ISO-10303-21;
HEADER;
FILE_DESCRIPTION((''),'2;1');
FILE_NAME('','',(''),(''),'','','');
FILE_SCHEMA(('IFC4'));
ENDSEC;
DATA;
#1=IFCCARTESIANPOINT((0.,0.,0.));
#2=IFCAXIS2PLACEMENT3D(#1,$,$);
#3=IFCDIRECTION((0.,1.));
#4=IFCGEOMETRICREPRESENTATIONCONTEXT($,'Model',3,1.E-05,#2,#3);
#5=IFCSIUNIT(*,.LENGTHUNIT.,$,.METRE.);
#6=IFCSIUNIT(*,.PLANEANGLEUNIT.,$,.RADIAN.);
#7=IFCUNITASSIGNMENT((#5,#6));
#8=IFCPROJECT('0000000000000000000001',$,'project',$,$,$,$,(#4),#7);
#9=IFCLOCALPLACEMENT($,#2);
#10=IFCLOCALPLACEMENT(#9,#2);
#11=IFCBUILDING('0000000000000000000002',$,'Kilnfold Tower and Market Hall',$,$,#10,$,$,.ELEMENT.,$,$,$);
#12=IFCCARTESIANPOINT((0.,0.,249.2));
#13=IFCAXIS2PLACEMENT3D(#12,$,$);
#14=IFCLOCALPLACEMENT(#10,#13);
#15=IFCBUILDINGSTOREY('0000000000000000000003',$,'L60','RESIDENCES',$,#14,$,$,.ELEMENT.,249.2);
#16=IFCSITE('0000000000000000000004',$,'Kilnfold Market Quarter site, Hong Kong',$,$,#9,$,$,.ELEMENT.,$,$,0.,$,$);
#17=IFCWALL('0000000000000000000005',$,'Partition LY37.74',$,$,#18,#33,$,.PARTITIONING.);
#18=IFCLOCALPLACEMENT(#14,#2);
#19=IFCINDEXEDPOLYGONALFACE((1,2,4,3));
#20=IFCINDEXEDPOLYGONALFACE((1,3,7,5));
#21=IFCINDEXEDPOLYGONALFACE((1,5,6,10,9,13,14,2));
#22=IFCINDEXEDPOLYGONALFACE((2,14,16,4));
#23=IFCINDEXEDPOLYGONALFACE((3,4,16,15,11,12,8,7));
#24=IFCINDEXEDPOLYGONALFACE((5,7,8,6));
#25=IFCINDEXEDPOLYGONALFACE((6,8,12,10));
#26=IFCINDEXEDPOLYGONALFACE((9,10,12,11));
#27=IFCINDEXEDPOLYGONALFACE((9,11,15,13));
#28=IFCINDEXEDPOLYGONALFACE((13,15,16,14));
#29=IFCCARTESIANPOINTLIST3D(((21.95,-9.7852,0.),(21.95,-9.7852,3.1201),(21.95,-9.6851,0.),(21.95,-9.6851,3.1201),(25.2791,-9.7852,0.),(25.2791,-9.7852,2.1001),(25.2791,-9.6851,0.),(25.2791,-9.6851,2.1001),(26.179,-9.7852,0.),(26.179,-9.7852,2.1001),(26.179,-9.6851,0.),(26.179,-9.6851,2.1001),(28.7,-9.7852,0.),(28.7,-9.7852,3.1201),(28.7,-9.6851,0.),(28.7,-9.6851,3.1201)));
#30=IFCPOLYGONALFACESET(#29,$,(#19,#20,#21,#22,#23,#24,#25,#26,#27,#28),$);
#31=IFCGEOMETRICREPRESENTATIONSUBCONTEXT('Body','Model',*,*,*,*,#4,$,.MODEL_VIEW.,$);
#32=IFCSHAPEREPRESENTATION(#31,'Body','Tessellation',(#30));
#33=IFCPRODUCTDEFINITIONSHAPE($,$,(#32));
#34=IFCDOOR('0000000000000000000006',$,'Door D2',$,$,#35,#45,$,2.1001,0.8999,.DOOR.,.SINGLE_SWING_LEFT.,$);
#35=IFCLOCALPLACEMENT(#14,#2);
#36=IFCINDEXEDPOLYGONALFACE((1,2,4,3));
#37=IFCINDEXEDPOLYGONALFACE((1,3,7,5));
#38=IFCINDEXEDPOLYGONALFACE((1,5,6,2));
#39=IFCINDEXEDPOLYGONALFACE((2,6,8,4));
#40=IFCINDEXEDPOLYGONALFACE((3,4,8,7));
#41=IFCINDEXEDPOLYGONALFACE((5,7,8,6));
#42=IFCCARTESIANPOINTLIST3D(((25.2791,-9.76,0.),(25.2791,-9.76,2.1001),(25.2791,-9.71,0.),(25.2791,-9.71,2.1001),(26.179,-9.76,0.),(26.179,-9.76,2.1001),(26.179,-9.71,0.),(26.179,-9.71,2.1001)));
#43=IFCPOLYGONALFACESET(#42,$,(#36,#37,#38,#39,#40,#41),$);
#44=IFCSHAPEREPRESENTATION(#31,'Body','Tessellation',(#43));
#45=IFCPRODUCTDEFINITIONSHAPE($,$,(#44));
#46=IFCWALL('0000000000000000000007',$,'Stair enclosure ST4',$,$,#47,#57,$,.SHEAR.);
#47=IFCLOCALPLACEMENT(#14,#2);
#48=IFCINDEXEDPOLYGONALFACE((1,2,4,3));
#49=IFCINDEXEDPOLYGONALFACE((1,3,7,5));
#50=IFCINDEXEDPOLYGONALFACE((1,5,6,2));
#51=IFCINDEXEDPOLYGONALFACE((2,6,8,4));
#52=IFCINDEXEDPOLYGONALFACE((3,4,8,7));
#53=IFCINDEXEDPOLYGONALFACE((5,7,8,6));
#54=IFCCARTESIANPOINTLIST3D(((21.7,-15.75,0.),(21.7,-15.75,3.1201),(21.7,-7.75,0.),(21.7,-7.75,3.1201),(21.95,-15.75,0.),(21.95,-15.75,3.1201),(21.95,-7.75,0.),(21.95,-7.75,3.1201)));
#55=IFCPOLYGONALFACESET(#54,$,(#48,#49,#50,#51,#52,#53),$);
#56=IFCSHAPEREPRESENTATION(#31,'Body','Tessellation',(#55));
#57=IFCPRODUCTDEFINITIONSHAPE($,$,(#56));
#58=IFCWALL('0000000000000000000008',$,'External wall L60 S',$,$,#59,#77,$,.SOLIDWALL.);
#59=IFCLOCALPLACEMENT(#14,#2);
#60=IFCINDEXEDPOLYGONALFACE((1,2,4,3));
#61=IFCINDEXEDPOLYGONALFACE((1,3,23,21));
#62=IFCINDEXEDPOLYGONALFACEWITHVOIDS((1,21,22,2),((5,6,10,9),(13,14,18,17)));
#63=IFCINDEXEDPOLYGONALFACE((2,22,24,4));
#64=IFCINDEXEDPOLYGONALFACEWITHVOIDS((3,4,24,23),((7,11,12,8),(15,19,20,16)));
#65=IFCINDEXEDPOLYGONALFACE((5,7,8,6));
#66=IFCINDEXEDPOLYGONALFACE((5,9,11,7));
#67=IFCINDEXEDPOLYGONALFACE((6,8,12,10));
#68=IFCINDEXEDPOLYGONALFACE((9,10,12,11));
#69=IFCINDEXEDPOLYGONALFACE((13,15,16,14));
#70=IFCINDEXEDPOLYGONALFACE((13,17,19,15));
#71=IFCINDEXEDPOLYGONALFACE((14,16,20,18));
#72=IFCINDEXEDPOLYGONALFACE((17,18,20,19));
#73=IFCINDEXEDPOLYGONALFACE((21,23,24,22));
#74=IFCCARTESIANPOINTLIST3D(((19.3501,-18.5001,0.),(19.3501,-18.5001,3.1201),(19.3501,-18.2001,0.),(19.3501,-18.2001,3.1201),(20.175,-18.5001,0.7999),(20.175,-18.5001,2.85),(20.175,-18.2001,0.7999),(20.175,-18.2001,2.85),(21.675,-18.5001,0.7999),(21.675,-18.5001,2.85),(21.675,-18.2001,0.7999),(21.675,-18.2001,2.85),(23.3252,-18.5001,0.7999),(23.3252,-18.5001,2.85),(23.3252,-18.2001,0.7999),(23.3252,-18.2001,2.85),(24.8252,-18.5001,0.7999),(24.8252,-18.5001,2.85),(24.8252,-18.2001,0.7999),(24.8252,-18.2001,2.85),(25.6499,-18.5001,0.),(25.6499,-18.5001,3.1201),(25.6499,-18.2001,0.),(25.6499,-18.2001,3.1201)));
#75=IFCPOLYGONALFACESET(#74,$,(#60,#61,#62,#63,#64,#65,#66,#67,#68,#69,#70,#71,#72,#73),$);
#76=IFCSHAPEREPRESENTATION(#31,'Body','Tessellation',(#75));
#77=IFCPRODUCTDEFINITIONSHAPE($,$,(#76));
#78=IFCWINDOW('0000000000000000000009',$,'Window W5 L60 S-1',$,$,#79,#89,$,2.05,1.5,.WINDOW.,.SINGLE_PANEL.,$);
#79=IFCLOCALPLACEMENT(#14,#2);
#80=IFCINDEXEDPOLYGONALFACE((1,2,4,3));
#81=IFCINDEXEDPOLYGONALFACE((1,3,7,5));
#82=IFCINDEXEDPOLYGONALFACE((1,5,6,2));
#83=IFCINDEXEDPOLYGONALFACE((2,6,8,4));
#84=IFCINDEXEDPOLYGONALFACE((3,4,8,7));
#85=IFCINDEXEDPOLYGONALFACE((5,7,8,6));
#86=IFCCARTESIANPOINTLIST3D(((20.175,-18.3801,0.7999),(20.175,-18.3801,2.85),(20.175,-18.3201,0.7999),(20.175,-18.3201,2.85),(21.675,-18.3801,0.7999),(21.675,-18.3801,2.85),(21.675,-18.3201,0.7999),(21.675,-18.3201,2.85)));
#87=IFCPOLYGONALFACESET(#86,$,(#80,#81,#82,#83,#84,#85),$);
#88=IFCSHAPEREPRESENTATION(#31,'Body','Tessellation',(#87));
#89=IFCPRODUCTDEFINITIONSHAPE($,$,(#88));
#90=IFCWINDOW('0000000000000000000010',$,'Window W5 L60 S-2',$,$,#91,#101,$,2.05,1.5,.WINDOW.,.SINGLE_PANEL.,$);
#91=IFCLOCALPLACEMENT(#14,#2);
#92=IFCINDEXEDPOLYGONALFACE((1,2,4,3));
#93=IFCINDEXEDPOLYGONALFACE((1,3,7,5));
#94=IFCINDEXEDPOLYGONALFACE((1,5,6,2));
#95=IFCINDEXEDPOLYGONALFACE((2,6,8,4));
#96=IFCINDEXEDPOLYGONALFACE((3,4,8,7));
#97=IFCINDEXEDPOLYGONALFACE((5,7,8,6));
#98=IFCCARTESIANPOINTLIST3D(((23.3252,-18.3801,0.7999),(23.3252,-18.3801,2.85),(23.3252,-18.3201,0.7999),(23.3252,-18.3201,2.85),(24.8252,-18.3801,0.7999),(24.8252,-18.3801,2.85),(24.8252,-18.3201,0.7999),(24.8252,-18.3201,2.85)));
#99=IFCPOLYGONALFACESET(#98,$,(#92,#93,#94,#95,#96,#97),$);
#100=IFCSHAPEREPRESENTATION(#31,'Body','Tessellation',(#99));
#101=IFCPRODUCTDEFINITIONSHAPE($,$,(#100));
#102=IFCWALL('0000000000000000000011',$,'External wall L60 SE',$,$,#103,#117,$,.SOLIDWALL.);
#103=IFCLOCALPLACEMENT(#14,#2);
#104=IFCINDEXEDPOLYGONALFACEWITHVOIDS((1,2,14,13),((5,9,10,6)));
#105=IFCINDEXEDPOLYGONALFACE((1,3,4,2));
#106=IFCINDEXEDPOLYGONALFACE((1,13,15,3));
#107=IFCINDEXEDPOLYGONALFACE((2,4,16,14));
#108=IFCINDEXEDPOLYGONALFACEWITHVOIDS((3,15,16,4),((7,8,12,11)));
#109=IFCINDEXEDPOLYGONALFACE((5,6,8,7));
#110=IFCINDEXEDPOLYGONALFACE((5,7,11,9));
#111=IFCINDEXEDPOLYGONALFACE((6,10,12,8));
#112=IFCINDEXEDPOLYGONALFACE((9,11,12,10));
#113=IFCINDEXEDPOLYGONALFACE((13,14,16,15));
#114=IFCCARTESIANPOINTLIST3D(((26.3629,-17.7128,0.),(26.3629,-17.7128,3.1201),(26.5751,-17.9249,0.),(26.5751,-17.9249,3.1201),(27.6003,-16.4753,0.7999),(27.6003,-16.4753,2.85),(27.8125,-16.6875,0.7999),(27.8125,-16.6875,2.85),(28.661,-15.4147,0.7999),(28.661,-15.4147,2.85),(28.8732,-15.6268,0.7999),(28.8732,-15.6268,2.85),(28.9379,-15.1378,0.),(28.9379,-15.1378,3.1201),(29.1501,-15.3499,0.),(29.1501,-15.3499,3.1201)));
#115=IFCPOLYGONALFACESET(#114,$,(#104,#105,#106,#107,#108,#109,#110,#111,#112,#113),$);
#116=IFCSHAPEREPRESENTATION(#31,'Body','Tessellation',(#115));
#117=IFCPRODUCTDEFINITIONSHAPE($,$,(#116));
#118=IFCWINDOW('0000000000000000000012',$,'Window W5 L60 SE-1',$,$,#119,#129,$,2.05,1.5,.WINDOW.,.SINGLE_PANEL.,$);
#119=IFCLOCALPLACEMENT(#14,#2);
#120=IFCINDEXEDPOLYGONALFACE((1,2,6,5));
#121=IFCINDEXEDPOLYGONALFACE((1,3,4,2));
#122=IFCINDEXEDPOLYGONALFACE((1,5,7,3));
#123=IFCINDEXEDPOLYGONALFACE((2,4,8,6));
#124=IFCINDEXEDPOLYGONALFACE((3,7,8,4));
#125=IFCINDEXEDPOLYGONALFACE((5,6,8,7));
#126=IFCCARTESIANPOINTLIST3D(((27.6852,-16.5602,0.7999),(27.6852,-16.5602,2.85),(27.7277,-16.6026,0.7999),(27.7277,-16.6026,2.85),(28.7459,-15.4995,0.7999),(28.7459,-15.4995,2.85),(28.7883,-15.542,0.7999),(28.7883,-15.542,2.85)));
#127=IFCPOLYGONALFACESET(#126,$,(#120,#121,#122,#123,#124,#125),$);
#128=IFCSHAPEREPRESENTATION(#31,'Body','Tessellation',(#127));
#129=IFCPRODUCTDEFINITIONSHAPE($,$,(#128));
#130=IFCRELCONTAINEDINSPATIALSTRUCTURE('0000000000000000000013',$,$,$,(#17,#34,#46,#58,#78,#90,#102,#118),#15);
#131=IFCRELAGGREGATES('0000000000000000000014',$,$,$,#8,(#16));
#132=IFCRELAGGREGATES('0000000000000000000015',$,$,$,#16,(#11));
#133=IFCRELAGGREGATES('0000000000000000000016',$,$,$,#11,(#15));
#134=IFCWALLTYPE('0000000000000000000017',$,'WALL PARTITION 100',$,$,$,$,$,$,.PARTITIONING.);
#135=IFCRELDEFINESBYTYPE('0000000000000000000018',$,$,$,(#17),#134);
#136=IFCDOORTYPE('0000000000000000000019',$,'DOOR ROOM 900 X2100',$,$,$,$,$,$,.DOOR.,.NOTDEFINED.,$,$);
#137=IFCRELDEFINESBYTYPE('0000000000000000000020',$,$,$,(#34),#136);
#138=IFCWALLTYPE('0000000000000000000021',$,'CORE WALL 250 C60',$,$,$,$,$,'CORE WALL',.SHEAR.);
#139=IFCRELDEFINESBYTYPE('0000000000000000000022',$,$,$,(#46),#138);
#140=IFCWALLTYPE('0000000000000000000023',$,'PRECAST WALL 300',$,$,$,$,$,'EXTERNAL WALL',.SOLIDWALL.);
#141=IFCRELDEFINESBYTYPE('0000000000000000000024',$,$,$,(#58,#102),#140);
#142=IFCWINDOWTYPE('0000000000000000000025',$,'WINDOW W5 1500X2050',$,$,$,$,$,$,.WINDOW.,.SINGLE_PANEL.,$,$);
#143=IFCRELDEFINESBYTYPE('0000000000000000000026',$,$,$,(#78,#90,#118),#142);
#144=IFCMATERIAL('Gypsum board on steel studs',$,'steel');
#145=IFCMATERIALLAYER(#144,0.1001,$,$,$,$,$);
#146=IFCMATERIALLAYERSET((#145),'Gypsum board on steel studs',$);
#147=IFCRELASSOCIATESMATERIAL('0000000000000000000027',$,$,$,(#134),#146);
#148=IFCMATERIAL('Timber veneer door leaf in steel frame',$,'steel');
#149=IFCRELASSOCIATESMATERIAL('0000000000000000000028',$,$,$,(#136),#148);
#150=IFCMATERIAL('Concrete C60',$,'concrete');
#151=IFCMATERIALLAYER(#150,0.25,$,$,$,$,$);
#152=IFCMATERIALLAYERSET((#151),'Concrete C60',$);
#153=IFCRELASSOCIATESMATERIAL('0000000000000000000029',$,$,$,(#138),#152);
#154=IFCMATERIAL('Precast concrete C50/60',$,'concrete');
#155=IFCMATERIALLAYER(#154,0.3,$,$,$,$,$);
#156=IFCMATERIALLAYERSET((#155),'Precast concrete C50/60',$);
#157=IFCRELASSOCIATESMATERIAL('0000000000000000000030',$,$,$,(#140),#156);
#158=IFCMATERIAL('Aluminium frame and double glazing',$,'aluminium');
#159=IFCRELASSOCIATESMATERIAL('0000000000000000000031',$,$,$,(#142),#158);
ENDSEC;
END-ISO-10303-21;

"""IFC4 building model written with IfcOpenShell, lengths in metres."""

from ifc_helpers import new_model, si_unit, direction, frame, frame_2d, origin, place, context, subcontext, project, spatial, rectangle, extrude, source, transform, mapped, material, layer, layer_set, type_object, element, fill, save


model = new_model("IFC4")

# Units and contexts
model_context = context("Model", 3, precision=1e-05, world=origin(), true_north=direction((0.0, 1.0)))
body_context = subcontext(model_context, "Body", "Model", "MODEL_VIEW")
ifc_project = project(units=[si_unit("LENGTHUNIT", "METRE"), si_unit("PLANEANGLEUNIT", "RADIAN")], contexts=[model_context])

# Site, building, storey
site_placement = place(None, origin())
site = spatial("IfcSite", under=ifc_project, at=site_placement, Name="Kilnfold Market Quarter site, Hong Kong", CompositionType="ELEMENT", RefElevation=0.0)
building_placement = place(site_placement, origin())
building = spatial("IfcBuilding", under=site, at=building_placement, Name="Kilnfold Tower and Market Hall", CompositionType="ELEMENT")
storey_placement = place(building_placement, frame((0.0, 0.0, 249.2)))
storey = spatial("IfcBuildingStorey", under=building, at=storey_placement, Name="L60", Description="RESIDENCES", CompositionType="ELEMENT", Elevation=249.2)

# Wall, opening, door
ifc_material_1 = material(Name="Gypsum board on steel studs", Category="steel")
ifc_layer_1 = layer(ifc_material_1, 0.1001)
ifc_layer_set_1 = layer_set([ifc_layer_1], Name="Gypsum board on steel studs")
wall_type_1 = type_object("IfcWallType", Name="WALL PARTITION 100", PredefinedType="PARTITIONING", material=ifc_layer_set_1)
ifc_material_2 = material(Name="Timber veneer door leaf in steel frame", Category="steel")
door_type_1 = type_object("IfcDoorType", Name="DOOR ROOM 900 X2100", OperationType="NOTDEFINED", PredefinedType="DOOR", material=ifc_material_2)
wall_1_placement = place(storey_placement, frame((28.7, -9.7351, 0.0), z_axis=(0.0, 0.0, 1.0), x_axis=(-1.0, 0.0, 0.0)))
wall_1 = element("IfcWall", 1, at=wall_1_placement, inside=storey, type_object=wall_type_1, Name="Partition LY37.74", PredefinedType="PARTITIONING", context=body_context, shape_type="SweptSolid", body=[
    extrude(rectangle(XDim=6.75, YDim=0.1001, at=frame_2d((3.375, 0.0))), origin(), (0.0, 0.0, 1.0), 3.1201),
])
opening_1_placement = place(wall_1_placement, frame((2.521, 0.0, 0.0)))
opening_1 = element("IfcOpeningElement", 2, at=opening_1_placement, cuts=wall_1, PredefinedType="OPENING", context=body_context, shape_type="SweptSolid", body=[
    extrude(rectangle(XDim=0.8999, YDim=2.1001, at=frame_2d((0.45, 1.05))), frame((0.0, 0.0601, 0.0), z_axis=(0.0, -1.0, 0.0), x_axis=(1.0, 0.0, 0.0)), (0.0, 0.0, 1.0), 0.1201),
])
door_1_placement = place(opening_1_placement, origin())
door_1 = element("IfcDoor", 3, at=door_1_placement, inside=storey, type_object=door_type_1, Name="Door D2", OperationType="SINGLE_SWING_LEFT", OverallHeight=2.1001, OverallWidth=0.8999, PredefinedType="DOOR", context=body_context, shape_type="SweptSolid", body=[
    extrude(rectangle(XDim=0.8999, YDim=2.1001, at=frame_2d((0.45, 1.05))), frame((0.0, 0.0249, 0.0), z_axis=(0.0, -1.0, 0.0), x_axis=(1.0, 0.0, 0.0)), (0.0, 0.0, 1.0), 0.05),
])
fill(opening_1, door_1)

# Wall
ifc_material_3 = material(Name="Concrete C60", Category="concrete")
ifc_layer_2 = layer(ifc_material_3, 0.25)
ifc_layer_set_2 = layer_set([ifc_layer_2], Name="Concrete C60")
wall_type_2 = type_object("IfcWallType", Name="CORE WALL 250 C60", ElementType="CORE WALL", PredefinedType="SHEAR", material=ifc_layer_set_2)
shared_shape_1 = source(origin(), body_context, "Body", "SweptSolid", [
    extrude(rectangle(XDim=8.0, YDim=0.25, at=frame_2d((4.0, 0.0))), origin(), (0.0, 0.0, 1.0), 3.1201),
])
wall_2_placement = place(storey_placement, frame((21.825, -15.75, 0.0), z_axis=(0.0, 0.0, 1.0), x_axis=(0.0, 1.0, 0.0)))
element("IfcWall", 4, at=wall_2_placement, inside=storey, type_object=wall_type_2, Name="Stair enclosure ST4", PredefinedType="SHEAR", context=body_context, shape_type="MappedRepresentation", body=[
    mapped(shared_shape_1, transform((0.0, 0.0, 0.0))),
])

# Wall, openings, windows
ifc_material_4 = material(Name="Precast concrete C50/60", Category="concrete")
ifc_layer_3 = layer(ifc_material_4, 0.3)
ifc_layer_set_3 = layer_set([ifc_layer_3], Name="Precast concrete C50/60")
wall_type_3 = type_object("IfcWallType", Name="PRECAST WALL 300", ElementType="EXTERNAL WALL", PredefinedType="SOLIDWALL", material=ifc_layer_set_3)
shared_shape_2 = source(origin(), body_context, "Body", "SweptSolid", [
    extrude(rectangle(XDim=6.2998, YDim=0.3, at=frame_2d((3.1499, 0.0))), origin(), (0.0, 0.0, 1.0), 3.1201),
])
wall_3_placement = place(storey_placement, frame((19.3501, -18.3501, 0.0), z_axis=(0.0, 0.0, 1.0), x_axis=(1.0, 0.0, 0.0)))
wall_3 = element("IfcWall", 5, at=wall_3_placement, inside=storey, type_object=wall_type_3, Name="External wall L60 S", PredefinedType="SOLIDWALL", context=body_context, shape_type="MappedRepresentation", body=[
    mapped(shared_shape_2, transform((0.0, 0.0, 0.0))),
])
opening_2_placement = place(wall_3_placement, frame((0.825, 0.0, 0.8)))
opening_2 = element("IfcOpeningElement", 6, at=opening_2_placement, cuts=wall_3, PredefinedType="OPENING", context=body_context, shape_type="SweptSolid", body=[
    extrude(rectangle(XDim=1.5, YDim=2.05, at=frame_2d((0.75, 1.0249))), frame((0.0, 0.1602, 0.0), z_axis=(0.0, -1.0, 0.0), x_axis=(1.0, 0.0, 0.0)), (0.0, 0.0, 1.0), 0.3201),
])
opening_3_placement = place(wall_3_placement, frame((3.9751, 0.0, 0.8)))
opening_3 = element("IfcOpeningElement", 7, at=opening_3_placement, cuts=wall_3, PredefinedType="OPENING", context=body_context, shape_type="SweptSolid", body=[
    extrude(rectangle(XDim=1.5, YDim=2.05, at=frame_2d((0.75, 1.0249))), frame((0.0, 0.1602, 0.0), z_axis=(0.0, -1.0, 0.0), x_axis=(1.0, 0.0, 0.0)), (0.0, 0.0, 1.0), 0.3201),
])
ifc_material_5 = material(Name="Aluminium frame and double glazing", Category="aluminium")
window_type = type_object("IfcWindowType", Name="WINDOW W5 1500X2050", PartitioningType="SINGLE_PANEL", PredefinedType="WINDOW", material=ifc_material_5)
window_1_placement = place(opening_2_placement, origin())
window_1 = element("IfcWindow", 8, at=window_1_placement, inside=storey, type_object=window_type, Name="Window W5 L60 S-1", OverallHeight=2.05, OverallWidth=1.5, PartitioningType="SINGLE_PANEL", PredefinedType="WINDOW", context=body_context, shape_type="SweptSolid", body=[
    extrude(rectangle(XDim=1.5, YDim=2.05, at=frame_2d((0.75, 1.0249))), frame((0.0, 0.03, 0.0), z_axis=(0.0, -1.0, 0.0), x_axis=(1.0, 0.0, 0.0)), (0.0, 0.0, 1.0), 0.0601),
])
fill(opening_2, window_1)
window_2_placement = place(opening_3_placement, origin())
window_2 = element("IfcWindow", 9, at=window_2_placement, inside=storey, type_object=window_type, Name="Window W5 L60 S-2", OverallHeight=2.05, OverallWidth=1.5, PartitioningType="SINGLE_PANEL", PredefinedType="WINDOW", context=body_context, shape_type="SweptSolid", body=[
    extrude(rectangle(XDim=1.5, YDim=2.05, at=frame_2d((0.75, 1.0249))), frame((0.0, 0.03, 0.0), z_axis=(0.0, -1.0, 0.0), x_axis=(1.0, 0.0, 0.0)), (0.0, 0.0, 1.0), 0.0601),
])
fill(opening_3, window_2)

# Wall, opening, window
shared_shape_3 = source(origin(), body_context, "Body", "SweptSolid", [
    extrude(rectangle(XDim=3.6416, YDim=0.3, at=frame_2d((1.8208, 0.0))), origin(), (0.0, 0.0, 1.0), 3.1201),
])
wall_4_placement = place(storey_placement, frame((26.469, -17.8188, 0.0), z_axis=(0.0, 0.0, 1.0), x_axis=(0.707107, 0.707107, 0.0)))
wall_4 = element("IfcWall", 10, at=wall_4_placement, inside=storey, type_object=wall_type_3, Name="External wall L60 SE", PredefinedType="SOLIDWALL", context=body_context, shape_type="MappedRepresentation", body=[
    mapped(shared_shape_3, transform((0.0, 0.0, 0.0))),
])
opening_4_placement = place(wall_4_placement, frame((1.75, 0.0, 0.8)))
opening_4 = element("IfcOpeningElement", 11, at=opening_4_placement, cuts=wall_4, PredefinedType="OPENING", context=body_context, shape_type="SweptSolid", body=[
    extrude(rectangle(XDim=1.5, YDim=2.05, at=frame_2d((0.75, 1.0249))), frame((0.0, 0.1602, 0.0), z_axis=(0.0, -1.0, 0.0), x_axis=(1.0, 0.0, 0.0)), (0.0, 0.0, 1.0), 0.3201),
])
window_3_placement = place(opening_4_placement, origin())
window_3 = element("IfcWindow", 12, at=window_3_placement, inside=storey, type_object=window_type, Name="Window W5 L60 SE-1", OverallHeight=2.05, OverallWidth=1.5, PartitioningType="SINGLE_PANEL", PredefinedType="WINDOW", context=body_context, shape_type="SweptSolid", body=[
    extrude(rectangle(XDim=1.5, YDim=2.05, at=frame_2d((0.75, 1.0249))), frame((0.0, 0.03, 0.0), z_axis=(0.0, -1.0, 0.0), x_axis=(1.0, 0.0, 0.0)), (0.0, 0.0, 1.0), 0.0601),
])
fill(opening_4, window_3)

save(model, "model.ifc")
